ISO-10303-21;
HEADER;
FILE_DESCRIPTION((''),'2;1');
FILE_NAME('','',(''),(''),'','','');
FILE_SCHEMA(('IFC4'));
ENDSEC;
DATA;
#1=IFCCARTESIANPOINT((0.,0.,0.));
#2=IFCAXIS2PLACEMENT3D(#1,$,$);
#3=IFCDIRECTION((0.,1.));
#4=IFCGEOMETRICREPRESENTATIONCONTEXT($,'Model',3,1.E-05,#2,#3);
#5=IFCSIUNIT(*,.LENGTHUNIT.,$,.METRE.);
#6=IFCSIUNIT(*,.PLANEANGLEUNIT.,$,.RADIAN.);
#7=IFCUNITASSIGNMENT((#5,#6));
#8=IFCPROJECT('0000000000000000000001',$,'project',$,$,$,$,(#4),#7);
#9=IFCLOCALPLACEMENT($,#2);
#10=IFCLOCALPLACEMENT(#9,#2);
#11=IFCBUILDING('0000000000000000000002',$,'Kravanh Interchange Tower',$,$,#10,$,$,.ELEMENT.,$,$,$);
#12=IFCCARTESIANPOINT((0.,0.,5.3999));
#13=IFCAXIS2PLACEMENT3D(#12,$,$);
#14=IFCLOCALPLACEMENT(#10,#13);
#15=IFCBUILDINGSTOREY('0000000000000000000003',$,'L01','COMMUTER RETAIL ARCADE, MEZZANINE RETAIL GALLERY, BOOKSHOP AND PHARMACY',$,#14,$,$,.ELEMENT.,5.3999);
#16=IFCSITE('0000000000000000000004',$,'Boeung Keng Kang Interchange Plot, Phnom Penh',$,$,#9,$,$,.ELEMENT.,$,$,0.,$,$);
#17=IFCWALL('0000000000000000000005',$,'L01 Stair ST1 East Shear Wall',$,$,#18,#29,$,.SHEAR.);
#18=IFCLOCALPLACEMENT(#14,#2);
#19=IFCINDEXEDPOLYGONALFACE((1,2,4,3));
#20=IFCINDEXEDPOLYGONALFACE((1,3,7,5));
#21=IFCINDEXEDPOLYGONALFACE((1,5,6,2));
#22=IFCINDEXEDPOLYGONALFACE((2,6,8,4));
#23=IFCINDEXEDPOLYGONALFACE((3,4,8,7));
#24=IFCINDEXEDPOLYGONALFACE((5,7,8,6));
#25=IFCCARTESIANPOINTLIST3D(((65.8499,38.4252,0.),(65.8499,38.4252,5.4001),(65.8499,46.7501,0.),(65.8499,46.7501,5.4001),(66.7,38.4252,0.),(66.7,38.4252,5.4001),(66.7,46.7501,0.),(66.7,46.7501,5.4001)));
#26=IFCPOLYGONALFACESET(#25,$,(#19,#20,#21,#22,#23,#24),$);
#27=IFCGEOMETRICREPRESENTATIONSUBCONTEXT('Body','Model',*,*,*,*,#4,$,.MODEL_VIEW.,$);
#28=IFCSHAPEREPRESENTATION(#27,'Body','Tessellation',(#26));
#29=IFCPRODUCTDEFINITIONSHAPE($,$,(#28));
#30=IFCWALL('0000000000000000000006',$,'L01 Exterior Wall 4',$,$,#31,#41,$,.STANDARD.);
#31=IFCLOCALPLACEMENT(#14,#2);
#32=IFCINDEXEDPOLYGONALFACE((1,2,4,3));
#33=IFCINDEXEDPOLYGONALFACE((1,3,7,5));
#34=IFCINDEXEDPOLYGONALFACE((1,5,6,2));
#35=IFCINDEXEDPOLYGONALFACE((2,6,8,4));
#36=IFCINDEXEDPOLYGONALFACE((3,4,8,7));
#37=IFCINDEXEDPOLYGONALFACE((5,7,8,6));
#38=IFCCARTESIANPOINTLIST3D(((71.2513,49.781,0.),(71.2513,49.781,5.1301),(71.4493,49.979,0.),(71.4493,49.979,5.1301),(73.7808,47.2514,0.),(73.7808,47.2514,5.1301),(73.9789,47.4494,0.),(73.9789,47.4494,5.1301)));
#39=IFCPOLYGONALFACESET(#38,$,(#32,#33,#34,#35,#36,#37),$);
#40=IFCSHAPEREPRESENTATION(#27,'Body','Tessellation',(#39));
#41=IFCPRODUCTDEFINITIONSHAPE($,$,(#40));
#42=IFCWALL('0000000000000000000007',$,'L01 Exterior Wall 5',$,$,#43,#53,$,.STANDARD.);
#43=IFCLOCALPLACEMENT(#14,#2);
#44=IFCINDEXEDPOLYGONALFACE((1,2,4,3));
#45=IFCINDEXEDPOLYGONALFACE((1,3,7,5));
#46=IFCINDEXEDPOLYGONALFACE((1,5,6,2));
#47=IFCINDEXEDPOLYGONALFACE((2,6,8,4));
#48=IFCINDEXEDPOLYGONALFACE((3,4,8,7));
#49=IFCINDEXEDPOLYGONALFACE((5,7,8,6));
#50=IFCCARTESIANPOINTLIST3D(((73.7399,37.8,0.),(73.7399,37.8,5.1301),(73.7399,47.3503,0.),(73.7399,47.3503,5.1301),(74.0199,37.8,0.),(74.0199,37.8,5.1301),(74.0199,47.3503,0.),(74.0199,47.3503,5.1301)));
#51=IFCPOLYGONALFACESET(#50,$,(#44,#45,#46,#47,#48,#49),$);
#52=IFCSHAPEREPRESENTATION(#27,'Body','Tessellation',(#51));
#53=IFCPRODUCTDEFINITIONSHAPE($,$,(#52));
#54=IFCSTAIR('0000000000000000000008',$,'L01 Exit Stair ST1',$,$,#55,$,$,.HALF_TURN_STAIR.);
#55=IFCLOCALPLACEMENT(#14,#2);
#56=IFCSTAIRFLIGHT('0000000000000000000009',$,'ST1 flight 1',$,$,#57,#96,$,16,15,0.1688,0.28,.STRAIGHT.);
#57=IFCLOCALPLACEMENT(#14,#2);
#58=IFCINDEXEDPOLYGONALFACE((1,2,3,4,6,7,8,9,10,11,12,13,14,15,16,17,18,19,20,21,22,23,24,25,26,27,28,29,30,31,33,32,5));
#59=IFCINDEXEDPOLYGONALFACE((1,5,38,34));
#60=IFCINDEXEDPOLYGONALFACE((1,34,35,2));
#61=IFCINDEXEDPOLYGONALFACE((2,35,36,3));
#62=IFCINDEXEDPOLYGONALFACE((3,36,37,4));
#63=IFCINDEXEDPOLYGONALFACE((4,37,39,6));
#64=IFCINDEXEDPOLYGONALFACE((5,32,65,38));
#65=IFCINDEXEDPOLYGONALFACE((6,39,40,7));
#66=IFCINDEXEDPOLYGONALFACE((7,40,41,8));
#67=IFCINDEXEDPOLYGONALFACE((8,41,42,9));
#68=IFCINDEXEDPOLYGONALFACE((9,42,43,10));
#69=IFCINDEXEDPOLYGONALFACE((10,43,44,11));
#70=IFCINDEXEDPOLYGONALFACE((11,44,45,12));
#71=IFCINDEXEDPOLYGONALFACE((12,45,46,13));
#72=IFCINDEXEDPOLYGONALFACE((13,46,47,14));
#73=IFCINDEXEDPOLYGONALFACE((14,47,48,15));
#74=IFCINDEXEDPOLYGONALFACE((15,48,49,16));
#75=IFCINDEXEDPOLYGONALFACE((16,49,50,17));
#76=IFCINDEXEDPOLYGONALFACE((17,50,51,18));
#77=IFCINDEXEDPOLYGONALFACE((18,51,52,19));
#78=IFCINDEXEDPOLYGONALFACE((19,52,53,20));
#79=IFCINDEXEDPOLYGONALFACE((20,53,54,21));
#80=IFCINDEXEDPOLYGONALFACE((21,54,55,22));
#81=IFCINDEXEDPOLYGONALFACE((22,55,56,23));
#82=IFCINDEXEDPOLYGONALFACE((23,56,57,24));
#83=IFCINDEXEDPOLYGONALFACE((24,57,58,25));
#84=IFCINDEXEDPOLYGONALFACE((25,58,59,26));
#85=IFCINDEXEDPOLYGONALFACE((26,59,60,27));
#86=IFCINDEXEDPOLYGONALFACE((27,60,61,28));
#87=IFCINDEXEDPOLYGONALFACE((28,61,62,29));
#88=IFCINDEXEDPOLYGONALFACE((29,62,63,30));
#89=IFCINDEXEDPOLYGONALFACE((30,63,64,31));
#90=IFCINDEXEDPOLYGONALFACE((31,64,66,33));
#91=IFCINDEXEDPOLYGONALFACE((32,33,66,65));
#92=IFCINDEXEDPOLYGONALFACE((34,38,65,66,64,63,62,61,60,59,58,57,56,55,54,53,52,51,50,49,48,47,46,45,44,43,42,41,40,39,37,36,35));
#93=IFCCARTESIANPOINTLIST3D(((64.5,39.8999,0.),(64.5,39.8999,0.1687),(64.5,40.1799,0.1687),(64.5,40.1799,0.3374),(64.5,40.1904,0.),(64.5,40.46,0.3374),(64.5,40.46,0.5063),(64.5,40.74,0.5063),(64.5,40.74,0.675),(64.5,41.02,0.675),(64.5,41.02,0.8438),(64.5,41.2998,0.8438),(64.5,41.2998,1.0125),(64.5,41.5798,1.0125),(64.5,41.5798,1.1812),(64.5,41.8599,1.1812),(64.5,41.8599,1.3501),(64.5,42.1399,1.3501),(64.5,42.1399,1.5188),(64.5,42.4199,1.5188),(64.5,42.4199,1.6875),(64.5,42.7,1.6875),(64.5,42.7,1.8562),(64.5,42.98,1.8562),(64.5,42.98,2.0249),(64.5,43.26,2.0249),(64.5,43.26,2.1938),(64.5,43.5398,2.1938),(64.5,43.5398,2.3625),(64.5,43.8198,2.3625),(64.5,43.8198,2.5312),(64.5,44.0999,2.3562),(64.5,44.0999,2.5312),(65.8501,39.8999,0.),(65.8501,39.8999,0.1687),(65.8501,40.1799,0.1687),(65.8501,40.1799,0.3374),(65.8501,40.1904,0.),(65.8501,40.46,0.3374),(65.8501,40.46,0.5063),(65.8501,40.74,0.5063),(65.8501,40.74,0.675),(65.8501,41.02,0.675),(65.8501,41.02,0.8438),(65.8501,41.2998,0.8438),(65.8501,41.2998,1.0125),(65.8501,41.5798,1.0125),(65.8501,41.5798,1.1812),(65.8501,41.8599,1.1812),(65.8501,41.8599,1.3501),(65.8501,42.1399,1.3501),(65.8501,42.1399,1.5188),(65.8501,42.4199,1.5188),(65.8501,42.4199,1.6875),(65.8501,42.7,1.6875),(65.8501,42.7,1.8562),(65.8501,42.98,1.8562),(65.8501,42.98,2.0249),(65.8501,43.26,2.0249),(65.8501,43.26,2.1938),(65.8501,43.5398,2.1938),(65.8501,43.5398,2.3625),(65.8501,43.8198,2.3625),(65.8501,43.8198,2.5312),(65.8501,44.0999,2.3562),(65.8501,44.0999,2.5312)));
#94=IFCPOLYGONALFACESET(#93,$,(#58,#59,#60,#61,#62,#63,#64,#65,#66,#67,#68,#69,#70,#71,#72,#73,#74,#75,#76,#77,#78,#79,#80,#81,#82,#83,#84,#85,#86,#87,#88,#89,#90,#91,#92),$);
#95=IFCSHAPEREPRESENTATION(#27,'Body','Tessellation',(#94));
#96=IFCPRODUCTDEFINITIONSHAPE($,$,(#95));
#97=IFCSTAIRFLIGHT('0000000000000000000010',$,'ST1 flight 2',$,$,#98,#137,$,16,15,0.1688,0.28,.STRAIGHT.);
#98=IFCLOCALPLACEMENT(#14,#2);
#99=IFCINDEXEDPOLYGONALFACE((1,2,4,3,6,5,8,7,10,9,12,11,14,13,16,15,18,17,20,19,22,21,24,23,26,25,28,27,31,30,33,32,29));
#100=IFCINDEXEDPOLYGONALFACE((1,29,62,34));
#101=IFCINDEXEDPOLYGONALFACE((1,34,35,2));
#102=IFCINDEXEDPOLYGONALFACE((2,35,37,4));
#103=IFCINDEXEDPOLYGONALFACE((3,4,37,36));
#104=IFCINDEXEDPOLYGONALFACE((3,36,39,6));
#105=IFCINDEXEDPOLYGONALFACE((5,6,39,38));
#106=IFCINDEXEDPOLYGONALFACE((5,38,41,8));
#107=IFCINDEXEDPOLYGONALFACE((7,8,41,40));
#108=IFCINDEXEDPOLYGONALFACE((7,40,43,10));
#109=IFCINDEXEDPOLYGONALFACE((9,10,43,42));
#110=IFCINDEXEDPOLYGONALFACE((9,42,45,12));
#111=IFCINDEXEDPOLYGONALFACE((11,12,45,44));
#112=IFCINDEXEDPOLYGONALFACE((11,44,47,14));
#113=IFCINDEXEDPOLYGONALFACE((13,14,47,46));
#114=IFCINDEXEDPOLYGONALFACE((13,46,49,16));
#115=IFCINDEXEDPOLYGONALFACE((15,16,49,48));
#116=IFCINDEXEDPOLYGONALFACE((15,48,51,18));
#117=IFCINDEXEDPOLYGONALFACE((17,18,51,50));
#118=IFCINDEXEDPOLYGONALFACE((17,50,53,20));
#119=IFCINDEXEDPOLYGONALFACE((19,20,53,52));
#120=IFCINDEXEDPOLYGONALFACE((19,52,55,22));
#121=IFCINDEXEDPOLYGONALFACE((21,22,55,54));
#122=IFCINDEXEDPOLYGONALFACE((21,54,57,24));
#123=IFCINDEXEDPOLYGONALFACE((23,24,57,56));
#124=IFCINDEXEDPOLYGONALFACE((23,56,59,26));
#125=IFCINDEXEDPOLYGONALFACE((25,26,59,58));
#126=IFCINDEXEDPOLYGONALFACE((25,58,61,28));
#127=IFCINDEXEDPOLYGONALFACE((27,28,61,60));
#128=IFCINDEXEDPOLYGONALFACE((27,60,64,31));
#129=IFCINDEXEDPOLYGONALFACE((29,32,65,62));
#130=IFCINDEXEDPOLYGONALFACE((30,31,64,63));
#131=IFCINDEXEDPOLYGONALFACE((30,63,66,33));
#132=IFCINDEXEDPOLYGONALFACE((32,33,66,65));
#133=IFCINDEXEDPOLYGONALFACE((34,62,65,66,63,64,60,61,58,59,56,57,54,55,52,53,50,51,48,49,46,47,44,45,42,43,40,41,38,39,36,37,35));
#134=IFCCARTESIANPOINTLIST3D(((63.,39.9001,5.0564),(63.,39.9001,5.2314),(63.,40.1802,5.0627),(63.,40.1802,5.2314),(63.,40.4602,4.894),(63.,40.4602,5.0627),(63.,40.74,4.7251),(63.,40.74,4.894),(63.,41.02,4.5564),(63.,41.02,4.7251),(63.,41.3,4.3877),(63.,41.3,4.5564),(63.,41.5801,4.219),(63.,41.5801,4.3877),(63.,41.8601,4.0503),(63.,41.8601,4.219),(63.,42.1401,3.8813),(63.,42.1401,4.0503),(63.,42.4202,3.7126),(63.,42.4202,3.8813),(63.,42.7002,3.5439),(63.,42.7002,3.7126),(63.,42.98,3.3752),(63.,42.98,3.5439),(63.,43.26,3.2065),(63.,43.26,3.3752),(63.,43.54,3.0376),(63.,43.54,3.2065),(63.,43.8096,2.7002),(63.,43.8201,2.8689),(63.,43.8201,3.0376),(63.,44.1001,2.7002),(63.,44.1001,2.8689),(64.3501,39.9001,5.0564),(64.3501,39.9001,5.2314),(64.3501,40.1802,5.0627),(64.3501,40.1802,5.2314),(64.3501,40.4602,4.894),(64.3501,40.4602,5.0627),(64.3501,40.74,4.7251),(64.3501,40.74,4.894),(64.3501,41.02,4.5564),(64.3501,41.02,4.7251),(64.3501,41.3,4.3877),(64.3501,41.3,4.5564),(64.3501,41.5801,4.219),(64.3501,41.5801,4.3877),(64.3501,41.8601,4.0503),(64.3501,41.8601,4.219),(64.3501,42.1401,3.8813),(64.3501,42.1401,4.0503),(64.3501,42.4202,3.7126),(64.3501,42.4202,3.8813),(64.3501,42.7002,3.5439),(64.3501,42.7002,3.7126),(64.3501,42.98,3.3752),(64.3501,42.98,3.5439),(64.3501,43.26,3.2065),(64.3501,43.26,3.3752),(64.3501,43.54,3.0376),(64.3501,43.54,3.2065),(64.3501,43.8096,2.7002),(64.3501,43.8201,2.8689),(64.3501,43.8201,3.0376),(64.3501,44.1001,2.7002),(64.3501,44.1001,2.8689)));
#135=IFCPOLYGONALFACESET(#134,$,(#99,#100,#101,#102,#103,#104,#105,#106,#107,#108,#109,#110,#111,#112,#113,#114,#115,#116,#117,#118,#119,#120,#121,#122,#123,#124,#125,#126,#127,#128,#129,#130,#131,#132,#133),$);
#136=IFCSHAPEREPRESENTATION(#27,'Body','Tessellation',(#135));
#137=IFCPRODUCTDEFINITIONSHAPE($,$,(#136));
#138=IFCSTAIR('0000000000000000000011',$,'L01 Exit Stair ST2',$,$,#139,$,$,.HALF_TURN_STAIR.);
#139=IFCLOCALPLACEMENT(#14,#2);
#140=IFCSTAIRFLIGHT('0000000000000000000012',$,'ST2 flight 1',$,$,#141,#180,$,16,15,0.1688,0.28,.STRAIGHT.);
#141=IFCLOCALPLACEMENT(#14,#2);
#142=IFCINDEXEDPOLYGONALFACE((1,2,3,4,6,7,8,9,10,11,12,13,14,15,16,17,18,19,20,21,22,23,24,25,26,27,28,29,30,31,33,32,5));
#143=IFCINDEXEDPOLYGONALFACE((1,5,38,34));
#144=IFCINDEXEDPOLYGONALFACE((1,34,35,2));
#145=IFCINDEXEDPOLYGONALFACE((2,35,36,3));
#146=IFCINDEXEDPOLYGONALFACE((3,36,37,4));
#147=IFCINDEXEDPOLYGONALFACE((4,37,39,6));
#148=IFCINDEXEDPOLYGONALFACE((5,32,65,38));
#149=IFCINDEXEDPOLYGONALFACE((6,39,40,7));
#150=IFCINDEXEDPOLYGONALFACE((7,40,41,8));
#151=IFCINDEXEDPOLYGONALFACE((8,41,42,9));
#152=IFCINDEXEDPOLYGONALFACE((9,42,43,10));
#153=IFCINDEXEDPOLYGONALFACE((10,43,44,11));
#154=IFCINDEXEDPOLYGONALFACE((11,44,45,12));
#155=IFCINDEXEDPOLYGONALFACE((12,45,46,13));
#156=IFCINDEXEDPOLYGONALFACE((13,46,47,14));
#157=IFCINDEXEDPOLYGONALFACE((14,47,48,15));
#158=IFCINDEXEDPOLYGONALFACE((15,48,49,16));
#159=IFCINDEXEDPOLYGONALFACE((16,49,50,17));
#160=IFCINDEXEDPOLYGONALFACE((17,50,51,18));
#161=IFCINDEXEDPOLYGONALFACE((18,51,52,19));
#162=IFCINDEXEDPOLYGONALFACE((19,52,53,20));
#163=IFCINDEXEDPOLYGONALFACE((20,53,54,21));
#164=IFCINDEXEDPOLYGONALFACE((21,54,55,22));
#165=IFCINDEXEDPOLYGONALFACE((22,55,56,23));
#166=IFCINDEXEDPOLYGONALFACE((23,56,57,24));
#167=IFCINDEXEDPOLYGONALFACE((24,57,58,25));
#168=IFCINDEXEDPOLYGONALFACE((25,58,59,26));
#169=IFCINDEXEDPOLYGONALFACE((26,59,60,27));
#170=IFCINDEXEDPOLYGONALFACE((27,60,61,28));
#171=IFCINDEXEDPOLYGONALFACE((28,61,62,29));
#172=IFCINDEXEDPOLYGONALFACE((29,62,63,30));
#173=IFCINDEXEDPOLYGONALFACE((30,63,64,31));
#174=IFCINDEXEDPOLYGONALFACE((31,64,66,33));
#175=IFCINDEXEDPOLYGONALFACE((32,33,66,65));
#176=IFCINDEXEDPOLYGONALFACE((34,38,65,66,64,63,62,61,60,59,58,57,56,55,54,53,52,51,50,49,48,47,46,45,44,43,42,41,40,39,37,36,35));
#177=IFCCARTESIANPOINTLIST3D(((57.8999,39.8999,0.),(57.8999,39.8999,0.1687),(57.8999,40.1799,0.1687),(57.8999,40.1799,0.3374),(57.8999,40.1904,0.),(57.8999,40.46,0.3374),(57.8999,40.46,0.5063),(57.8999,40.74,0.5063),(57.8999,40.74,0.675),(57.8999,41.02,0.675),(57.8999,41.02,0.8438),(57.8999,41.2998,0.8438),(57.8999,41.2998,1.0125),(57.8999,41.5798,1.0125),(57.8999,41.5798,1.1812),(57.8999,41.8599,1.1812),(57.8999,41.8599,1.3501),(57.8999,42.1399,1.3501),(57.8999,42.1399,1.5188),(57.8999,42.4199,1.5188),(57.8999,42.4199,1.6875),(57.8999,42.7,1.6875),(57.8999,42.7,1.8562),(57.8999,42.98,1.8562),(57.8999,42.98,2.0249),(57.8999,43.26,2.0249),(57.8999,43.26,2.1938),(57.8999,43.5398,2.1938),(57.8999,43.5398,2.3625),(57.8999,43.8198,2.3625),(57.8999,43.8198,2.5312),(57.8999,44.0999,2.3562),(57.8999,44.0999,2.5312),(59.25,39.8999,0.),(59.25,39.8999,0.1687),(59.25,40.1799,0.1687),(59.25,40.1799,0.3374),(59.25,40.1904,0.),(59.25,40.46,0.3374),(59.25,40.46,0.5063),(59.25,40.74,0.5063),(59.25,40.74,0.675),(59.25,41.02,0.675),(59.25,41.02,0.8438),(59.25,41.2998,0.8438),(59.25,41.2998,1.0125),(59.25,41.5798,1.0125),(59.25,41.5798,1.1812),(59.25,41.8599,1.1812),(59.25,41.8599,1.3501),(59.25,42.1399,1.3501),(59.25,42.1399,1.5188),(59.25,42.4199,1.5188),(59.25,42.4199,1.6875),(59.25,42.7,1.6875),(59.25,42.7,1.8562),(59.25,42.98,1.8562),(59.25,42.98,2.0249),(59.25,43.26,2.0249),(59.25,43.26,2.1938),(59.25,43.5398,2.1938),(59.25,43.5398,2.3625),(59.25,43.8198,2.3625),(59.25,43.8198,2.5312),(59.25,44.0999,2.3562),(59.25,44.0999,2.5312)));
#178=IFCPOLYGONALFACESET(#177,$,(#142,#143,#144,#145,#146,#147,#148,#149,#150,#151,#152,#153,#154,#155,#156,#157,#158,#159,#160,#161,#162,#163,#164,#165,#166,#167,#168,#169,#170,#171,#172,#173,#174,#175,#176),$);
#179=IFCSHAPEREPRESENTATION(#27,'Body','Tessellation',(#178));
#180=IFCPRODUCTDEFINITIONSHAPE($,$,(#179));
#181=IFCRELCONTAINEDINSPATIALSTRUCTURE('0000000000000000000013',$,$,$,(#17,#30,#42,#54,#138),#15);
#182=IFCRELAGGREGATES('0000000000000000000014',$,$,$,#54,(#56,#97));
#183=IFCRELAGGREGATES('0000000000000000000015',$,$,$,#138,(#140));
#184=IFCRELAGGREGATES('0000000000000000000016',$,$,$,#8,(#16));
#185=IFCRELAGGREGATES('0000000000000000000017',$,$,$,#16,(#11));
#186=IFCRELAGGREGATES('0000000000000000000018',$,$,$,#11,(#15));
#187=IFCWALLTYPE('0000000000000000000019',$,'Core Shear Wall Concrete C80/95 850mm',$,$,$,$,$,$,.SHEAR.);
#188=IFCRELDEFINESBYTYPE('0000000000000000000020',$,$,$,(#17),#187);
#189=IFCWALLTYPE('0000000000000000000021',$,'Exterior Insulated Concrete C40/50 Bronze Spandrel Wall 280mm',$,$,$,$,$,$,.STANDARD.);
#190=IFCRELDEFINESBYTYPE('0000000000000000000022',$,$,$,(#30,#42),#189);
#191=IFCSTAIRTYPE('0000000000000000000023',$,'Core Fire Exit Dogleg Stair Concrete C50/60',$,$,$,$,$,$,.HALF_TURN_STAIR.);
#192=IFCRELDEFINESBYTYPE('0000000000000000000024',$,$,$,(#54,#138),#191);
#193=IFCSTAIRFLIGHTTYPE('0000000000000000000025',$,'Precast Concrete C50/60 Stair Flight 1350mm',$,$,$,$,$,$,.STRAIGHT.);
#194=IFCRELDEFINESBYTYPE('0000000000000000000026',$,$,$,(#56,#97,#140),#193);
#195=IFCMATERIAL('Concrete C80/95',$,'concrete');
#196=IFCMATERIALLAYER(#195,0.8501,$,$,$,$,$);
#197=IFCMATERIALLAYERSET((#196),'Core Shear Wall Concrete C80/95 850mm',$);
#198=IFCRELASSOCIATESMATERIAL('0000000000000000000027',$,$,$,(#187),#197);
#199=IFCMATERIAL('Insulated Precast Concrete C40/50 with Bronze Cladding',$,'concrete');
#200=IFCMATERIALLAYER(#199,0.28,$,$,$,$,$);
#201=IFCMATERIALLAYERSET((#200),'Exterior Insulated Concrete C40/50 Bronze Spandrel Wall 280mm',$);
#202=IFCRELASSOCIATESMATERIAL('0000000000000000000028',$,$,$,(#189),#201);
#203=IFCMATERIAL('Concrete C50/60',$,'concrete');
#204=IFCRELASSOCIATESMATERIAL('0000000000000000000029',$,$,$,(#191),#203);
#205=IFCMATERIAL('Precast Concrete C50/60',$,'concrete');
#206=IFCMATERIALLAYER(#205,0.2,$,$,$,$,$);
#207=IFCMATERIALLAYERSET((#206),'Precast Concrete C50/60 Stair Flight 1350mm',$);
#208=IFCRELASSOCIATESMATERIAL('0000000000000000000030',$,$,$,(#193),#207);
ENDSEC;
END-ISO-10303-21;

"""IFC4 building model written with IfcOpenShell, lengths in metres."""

from ifc_helpers import new_model, si_unit, direction, frame, frame_2d, origin, place, context, subcontext, project, spatial, polyline, rectangle, outline, extrude, material, layer, layer_set, type_object, element, aggregate, save


model = new_model("IFC4")

# Units and contexts
model_context = context("Model", 3, precision=1e-05, world=origin(), true_north=direction((0.0, 1.0)))
body_context = subcontext(model_context, "Body", "Model", "MODEL_VIEW")
ifc_project = project(units=[si_unit("LENGTHUNIT", "METRE"), si_unit("PLANEANGLEUNIT", "RADIAN")], contexts=[model_context])

# Site, building, storey
site_placement = place(None, origin())
site = spatial("IfcSite", under=ifc_project, at=site_placement, Name="Boeung Keng Kang Interchange Plot, Phnom Penh", CompositionType="ELEMENT", RefElevation=0.0)
building_placement = place(site_placement, origin())
building = spatial("IfcBuilding", under=site, at=building_placement, Name="Kravanh Interchange Tower", CompositionType="ELEMENT")
storey_placement = place(building_placement, frame((0.0, 0.0, 5.3999)))
storey = spatial("IfcBuildingStorey", under=building, at=storey_placement, Name="L01", Description="COMMUTER RETAIL ARCADE, MEZZANINE RETAIL GALLERY, BOOKSHOP AND PHARMACY", CompositionType="ELEMENT", Elevation=5.3999)

# Walls
ifc_material_1 = material(Name="Concrete C80/95", Category="concrete")
ifc_layer_1 = layer(ifc_material_1, 0.8501)
ifc_layer_set_1 = layer_set([ifc_layer_1], Name="Core Shear Wall Concrete C80/95 850mm")
wall_type_1 = type_object("IfcWallType", Name="Core Shear Wall Concrete C80/95 850mm", PredefinedType="SHEAR", material=ifc_layer_set_1)
wall_1_placement = place(storey_placement, frame((66.2749, 38.425, 0.0), z_axis=(0.0, 0.0, 1.0), x_axis=(0.0, 1.0, 0.0)))
element("IfcWall", 1, at=wall_1_placement, inside=storey, type_object=wall_type_1, Name="L01 Stair ST1 East Shear Wall", PredefinedType="SHEAR", context=body_context, shape_type="SweptSolid", body=[
    extrude(rectangle(XDim=8.325, YDim=0.8501, at=frame_2d((4.1626, 0.0))), origin(), (0.0, 0.0, 1.0), 5.4001),
])
ifc_material_2 = material(Name="Insulated Precast Concrete C40/50 with Bronze Cladding", Category="concrete")
ifc_layer_2 = layer(ifc_material_2, 0.28)
ifc_layer_set_2 = layer_set([ifc_layer_2], Name="Exterior Insulated Concrete C40/50 Bronze Spandrel Wall 280mm")
wall_type_2 = type_object("IfcWallType", Name="Exterior Insulated Concrete C40/50 Bronze Spandrel Wall 280mm", PredefinedType="STANDARD", material=ifc_layer_set_2)
wall_2_placement = place(storey_placement, frame((71.3503, 49.8799, 0.0), z_axis=(0.0, 0.0, 1.0), x_axis=(0.707107, -0.707107, 0.0)))
element("IfcWall", 2, at=wall_2_placement, inside=storey, type_object=wall_type_2, Name="L01 Exterior Wall 4", PredefinedType="STANDARD", context=body_context, shape_type="SweptSolid", body=[
    extrude(rectangle(XDim=3.5774, YDim=0.28, at=frame_2d((1.7886, 0.0))), origin(), (0.0, 0.0, 1.0), 5.1301),
])
wall_3_placement = place(storey_placement, frame((73.8799, 47.3503, 0.0), z_axis=(0.0, 0.0, 1.0), x_axis=(0.0, -1.0, 0.0)))
element("IfcWall", 3, at=wall_3_placement, inside=storey, type_object=wall_type_2, Name="L01 Exterior Wall 5", PredefinedType="STANDARD", context=body_context, shape_type="SweptSolid", body=[
    extrude(rectangle(XDim=9.5503, YDim=0.28, at=frame_2d((4.7751, 0.0))), origin(), (0.0, 0.0, 1.0), 5.1301),
])

# Stairs, stair flights
ifc_material_3 = material(Name="Concrete C50/60", Category="concrete")
stair_type = type_object("IfcStairType", Name="Core Fire Exit Dogleg Stair Concrete C50/60", PredefinedType="HALF_TURN_STAIR", material=ifc_material_3)
stair_1_placement = place(storey_placement, origin())
stair_1 = element("IfcStair", 4, at=stair_1_placement, inside=storey, type_object=stair_type, Name="L01 Exit Stair ST1", PredefinedType="HALF_TURN_STAIR")
ifc_material_4 = material(Name="Precast Concrete C50/60", Category="concrete")
ifc_layer_3 = layer(ifc_material_4, 0.2)
ifc_layer_set_3 = layer_set([ifc_layer_3], Name="Precast Concrete C50/60 Stair Flight 1350mm")
stair_flight_type = type_object("IfcStairFlightType", Name="Precast Concrete C50/60 Stair Flight 1350mm", PredefinedType="STRAIGHT", material=ifc_layer_set_3)
stair_flight_1_placement = place(storey_placement, frame((65.175, 39.8999, 0.0), z_axis=(0.0, 0.0, 1.0), x_axis=(0.0, 1.0, 0.0)))
stair_flight_1 = element("IfcStairFlight", 5, at=stair_flight_1_placement, type_object=stair_flight_type, Name="ST1 flight 1", NumberOfRisers=16, NumberOfTreads=15, PredefinedType="STRAIGHT", RiserHeight=0.1688, TreadLength=0.28, context=body_context, shape_type="SweptSolid", body=[
    extrude(outline(polyline([(0.0, 0.0), (0.0, 0.1687), (0.28, 0.1687), (0.28, 0.3374), (0.5601, 0.3374), (0.5601, 0.5063), (0.8401, 0.5063), (0.8401, 0.675), (1.1201, 0.675), (1.1201, 0.8438), (1.3999, 0.8438), (1.3999, 1.0125), (1.6799, 1.0125), (1.6799, 1.1812), (1.96, 1.1812), (1.96, 1.3501), (2.24, 1.3501), (2.24, 1.5188), (2.52, 1.5188), (2.52, 1.6875), (2.8, 1.6875), (2.8, 1.8562), (3.0801, 1.8562), (3.0801, 2.0249), (3.3601, 2.0249), (3.3601, 2.1938), (3.6399, 2.1938), (3.6399, 2.3625), (3.9199, 2.3625), (3.9199, 2.5312), (4.2, 2.5312), (4.2, 2.7), (4.2, 2.3562), (0.2905, 0.0), (0.0, 0.0)])), frame((0.0, 0.675, 0.0), z_axis=(0.0, -1.0, 0.0), x_axis=(1.0, 0.0, 0.0)), (0.0, 0.0, 1.0), 1.3501),
])
stair_flight_2_placement = place(storey_placement, frame((63.675, 44.1001, 2.7002), z_axis=(0.0, 0.0, 1.0), x_axis=(0.0, -1.0, 0.0)))
stair_flight_2 = element("IfcStairFlight", 6, at=stair_flight_2_placement, type_object=stair_flight_type, Name="ST1 flight 2", NumberOfRisers=16, NumberOfTreads=15, PredefinedType="STRAIGHT", RiserHeight=0.1688, TreadLength=0.28, context=body_context, shape_type="SweptSolid", body=[
    extrude(outline(polyline([(0.0, 0.0), (0.0, 0.1687), (0.28, 0.1687), (0.28, 0.3374), (0.5601, 0.3374), (0.5601, 0.5063), (0.8401, 0.5063), (0.8401, 0.675), (1.1201, 0.675), (1.1201, 0.8438), (1.3999, 0.8438), (1.3999, 1.0125), (1.6799, 1.0125), (1.6799, 1.1812), (1.96, 1.1812), (1.96, 1.3501), (2.24, 1.3501), (2.24, 1.5188), (2.52, 1.5188), (2.52, 1.6875), (2.8, 1.6875), (2.8, 1.8562), (3.0801, 1.8562), (3.0801, 2.0249), (3.3601, 2.0249), (3.3601, 2.1938), (3.6399, 2.1938), (3.6399, 2.3625), (3.9199, 2.3625), (3.9199, 2.5312), (4.2, 2.5312), (4.2, 2.7), (4.2, 2.3562), (0.2905, 0.0), (0.0, 0.0)])), frame((0.0, 0.675, 0.0), z_axis=(0.0, -1.0, 0.0), x_axis=(1.0, 0.0, 0.0)), (0.0, 0.0, 1.0), 1.3501),
])
aggregate(stair_1, [stair_flight_1, stair_flight_2])
stair_2_placement = place(storey_placement, origin())
stair_2 = element("IfcStair", 7, at=stair_2_placement, inside=storey, type_object=stair_type, Name="L01 Exit Stair ST2", PredefinedType="HALF_TURN_STAIR")
stair_flight_3_placement = place(storey_placement, frame((58.575, 39.8999, 0.0), z_axis=(0.0, 0.0, 1.0), x_axis=(0.0, 1.0, 0.0)))
stair_flight_3 = element("IfcStairFlight", 8, at=stair_flight_3_placement, type_object=stair_flight_type, Name="ST2 flight 1", NumberOfRisers=16, NumberOfTreads=15, PredefinedType="STRAIGHT", RiserHeight=0.1688, TreadLength=0.28, context=body_context, shape_type="SweptSolid", body=[
    extrude(outline(polyline([(0.0, 0.0), (0.0, 0.1687), (0.28, 0.1687), (0.28, 0.3374), (0.5601, 0.3374), (0.5601, 0.5063), (0.8401, 0.5063), (0.8401, 0.675), (1.1201, 0.675), (1.1201, 0.8438), (1.3999, 0.8438), (1.3999, 1.0125), (1.6799, 1.0125), (1.6799, 1.1812), (1.96, 1.1812), (1.96, 1.3501), (2.24, 1.3501), (2.24, 1.5188), (2.52, 1.5188), (2.52, 1.6875), (2.8, 1.6875), (2.8, 1.8562), (3.0801, 1.8562), (3.0801, 2.0249), (3.3601, 2.0249), (3.3601, 2.1938), (3.6399, 2.1938), (3.6399, 2.3625), (3.9199, 2.3625), (3.9199, 2.5312), (4.2, 2.5312), (4.2, 2.7), (4.2, 2.3562), (0.2905, 0.0), (0.0, 0.0)])), frame((0.0, 0.675, 0.0), z_axis=(0.0, -1.0, 0.0), x_axis=(1.0, 0.0, 0.0)), (0.0, 0.0, 1.0), 1.3501),
])
aggregate(stair_2, [stair_flight_3])

save(model, "model.ifc")
